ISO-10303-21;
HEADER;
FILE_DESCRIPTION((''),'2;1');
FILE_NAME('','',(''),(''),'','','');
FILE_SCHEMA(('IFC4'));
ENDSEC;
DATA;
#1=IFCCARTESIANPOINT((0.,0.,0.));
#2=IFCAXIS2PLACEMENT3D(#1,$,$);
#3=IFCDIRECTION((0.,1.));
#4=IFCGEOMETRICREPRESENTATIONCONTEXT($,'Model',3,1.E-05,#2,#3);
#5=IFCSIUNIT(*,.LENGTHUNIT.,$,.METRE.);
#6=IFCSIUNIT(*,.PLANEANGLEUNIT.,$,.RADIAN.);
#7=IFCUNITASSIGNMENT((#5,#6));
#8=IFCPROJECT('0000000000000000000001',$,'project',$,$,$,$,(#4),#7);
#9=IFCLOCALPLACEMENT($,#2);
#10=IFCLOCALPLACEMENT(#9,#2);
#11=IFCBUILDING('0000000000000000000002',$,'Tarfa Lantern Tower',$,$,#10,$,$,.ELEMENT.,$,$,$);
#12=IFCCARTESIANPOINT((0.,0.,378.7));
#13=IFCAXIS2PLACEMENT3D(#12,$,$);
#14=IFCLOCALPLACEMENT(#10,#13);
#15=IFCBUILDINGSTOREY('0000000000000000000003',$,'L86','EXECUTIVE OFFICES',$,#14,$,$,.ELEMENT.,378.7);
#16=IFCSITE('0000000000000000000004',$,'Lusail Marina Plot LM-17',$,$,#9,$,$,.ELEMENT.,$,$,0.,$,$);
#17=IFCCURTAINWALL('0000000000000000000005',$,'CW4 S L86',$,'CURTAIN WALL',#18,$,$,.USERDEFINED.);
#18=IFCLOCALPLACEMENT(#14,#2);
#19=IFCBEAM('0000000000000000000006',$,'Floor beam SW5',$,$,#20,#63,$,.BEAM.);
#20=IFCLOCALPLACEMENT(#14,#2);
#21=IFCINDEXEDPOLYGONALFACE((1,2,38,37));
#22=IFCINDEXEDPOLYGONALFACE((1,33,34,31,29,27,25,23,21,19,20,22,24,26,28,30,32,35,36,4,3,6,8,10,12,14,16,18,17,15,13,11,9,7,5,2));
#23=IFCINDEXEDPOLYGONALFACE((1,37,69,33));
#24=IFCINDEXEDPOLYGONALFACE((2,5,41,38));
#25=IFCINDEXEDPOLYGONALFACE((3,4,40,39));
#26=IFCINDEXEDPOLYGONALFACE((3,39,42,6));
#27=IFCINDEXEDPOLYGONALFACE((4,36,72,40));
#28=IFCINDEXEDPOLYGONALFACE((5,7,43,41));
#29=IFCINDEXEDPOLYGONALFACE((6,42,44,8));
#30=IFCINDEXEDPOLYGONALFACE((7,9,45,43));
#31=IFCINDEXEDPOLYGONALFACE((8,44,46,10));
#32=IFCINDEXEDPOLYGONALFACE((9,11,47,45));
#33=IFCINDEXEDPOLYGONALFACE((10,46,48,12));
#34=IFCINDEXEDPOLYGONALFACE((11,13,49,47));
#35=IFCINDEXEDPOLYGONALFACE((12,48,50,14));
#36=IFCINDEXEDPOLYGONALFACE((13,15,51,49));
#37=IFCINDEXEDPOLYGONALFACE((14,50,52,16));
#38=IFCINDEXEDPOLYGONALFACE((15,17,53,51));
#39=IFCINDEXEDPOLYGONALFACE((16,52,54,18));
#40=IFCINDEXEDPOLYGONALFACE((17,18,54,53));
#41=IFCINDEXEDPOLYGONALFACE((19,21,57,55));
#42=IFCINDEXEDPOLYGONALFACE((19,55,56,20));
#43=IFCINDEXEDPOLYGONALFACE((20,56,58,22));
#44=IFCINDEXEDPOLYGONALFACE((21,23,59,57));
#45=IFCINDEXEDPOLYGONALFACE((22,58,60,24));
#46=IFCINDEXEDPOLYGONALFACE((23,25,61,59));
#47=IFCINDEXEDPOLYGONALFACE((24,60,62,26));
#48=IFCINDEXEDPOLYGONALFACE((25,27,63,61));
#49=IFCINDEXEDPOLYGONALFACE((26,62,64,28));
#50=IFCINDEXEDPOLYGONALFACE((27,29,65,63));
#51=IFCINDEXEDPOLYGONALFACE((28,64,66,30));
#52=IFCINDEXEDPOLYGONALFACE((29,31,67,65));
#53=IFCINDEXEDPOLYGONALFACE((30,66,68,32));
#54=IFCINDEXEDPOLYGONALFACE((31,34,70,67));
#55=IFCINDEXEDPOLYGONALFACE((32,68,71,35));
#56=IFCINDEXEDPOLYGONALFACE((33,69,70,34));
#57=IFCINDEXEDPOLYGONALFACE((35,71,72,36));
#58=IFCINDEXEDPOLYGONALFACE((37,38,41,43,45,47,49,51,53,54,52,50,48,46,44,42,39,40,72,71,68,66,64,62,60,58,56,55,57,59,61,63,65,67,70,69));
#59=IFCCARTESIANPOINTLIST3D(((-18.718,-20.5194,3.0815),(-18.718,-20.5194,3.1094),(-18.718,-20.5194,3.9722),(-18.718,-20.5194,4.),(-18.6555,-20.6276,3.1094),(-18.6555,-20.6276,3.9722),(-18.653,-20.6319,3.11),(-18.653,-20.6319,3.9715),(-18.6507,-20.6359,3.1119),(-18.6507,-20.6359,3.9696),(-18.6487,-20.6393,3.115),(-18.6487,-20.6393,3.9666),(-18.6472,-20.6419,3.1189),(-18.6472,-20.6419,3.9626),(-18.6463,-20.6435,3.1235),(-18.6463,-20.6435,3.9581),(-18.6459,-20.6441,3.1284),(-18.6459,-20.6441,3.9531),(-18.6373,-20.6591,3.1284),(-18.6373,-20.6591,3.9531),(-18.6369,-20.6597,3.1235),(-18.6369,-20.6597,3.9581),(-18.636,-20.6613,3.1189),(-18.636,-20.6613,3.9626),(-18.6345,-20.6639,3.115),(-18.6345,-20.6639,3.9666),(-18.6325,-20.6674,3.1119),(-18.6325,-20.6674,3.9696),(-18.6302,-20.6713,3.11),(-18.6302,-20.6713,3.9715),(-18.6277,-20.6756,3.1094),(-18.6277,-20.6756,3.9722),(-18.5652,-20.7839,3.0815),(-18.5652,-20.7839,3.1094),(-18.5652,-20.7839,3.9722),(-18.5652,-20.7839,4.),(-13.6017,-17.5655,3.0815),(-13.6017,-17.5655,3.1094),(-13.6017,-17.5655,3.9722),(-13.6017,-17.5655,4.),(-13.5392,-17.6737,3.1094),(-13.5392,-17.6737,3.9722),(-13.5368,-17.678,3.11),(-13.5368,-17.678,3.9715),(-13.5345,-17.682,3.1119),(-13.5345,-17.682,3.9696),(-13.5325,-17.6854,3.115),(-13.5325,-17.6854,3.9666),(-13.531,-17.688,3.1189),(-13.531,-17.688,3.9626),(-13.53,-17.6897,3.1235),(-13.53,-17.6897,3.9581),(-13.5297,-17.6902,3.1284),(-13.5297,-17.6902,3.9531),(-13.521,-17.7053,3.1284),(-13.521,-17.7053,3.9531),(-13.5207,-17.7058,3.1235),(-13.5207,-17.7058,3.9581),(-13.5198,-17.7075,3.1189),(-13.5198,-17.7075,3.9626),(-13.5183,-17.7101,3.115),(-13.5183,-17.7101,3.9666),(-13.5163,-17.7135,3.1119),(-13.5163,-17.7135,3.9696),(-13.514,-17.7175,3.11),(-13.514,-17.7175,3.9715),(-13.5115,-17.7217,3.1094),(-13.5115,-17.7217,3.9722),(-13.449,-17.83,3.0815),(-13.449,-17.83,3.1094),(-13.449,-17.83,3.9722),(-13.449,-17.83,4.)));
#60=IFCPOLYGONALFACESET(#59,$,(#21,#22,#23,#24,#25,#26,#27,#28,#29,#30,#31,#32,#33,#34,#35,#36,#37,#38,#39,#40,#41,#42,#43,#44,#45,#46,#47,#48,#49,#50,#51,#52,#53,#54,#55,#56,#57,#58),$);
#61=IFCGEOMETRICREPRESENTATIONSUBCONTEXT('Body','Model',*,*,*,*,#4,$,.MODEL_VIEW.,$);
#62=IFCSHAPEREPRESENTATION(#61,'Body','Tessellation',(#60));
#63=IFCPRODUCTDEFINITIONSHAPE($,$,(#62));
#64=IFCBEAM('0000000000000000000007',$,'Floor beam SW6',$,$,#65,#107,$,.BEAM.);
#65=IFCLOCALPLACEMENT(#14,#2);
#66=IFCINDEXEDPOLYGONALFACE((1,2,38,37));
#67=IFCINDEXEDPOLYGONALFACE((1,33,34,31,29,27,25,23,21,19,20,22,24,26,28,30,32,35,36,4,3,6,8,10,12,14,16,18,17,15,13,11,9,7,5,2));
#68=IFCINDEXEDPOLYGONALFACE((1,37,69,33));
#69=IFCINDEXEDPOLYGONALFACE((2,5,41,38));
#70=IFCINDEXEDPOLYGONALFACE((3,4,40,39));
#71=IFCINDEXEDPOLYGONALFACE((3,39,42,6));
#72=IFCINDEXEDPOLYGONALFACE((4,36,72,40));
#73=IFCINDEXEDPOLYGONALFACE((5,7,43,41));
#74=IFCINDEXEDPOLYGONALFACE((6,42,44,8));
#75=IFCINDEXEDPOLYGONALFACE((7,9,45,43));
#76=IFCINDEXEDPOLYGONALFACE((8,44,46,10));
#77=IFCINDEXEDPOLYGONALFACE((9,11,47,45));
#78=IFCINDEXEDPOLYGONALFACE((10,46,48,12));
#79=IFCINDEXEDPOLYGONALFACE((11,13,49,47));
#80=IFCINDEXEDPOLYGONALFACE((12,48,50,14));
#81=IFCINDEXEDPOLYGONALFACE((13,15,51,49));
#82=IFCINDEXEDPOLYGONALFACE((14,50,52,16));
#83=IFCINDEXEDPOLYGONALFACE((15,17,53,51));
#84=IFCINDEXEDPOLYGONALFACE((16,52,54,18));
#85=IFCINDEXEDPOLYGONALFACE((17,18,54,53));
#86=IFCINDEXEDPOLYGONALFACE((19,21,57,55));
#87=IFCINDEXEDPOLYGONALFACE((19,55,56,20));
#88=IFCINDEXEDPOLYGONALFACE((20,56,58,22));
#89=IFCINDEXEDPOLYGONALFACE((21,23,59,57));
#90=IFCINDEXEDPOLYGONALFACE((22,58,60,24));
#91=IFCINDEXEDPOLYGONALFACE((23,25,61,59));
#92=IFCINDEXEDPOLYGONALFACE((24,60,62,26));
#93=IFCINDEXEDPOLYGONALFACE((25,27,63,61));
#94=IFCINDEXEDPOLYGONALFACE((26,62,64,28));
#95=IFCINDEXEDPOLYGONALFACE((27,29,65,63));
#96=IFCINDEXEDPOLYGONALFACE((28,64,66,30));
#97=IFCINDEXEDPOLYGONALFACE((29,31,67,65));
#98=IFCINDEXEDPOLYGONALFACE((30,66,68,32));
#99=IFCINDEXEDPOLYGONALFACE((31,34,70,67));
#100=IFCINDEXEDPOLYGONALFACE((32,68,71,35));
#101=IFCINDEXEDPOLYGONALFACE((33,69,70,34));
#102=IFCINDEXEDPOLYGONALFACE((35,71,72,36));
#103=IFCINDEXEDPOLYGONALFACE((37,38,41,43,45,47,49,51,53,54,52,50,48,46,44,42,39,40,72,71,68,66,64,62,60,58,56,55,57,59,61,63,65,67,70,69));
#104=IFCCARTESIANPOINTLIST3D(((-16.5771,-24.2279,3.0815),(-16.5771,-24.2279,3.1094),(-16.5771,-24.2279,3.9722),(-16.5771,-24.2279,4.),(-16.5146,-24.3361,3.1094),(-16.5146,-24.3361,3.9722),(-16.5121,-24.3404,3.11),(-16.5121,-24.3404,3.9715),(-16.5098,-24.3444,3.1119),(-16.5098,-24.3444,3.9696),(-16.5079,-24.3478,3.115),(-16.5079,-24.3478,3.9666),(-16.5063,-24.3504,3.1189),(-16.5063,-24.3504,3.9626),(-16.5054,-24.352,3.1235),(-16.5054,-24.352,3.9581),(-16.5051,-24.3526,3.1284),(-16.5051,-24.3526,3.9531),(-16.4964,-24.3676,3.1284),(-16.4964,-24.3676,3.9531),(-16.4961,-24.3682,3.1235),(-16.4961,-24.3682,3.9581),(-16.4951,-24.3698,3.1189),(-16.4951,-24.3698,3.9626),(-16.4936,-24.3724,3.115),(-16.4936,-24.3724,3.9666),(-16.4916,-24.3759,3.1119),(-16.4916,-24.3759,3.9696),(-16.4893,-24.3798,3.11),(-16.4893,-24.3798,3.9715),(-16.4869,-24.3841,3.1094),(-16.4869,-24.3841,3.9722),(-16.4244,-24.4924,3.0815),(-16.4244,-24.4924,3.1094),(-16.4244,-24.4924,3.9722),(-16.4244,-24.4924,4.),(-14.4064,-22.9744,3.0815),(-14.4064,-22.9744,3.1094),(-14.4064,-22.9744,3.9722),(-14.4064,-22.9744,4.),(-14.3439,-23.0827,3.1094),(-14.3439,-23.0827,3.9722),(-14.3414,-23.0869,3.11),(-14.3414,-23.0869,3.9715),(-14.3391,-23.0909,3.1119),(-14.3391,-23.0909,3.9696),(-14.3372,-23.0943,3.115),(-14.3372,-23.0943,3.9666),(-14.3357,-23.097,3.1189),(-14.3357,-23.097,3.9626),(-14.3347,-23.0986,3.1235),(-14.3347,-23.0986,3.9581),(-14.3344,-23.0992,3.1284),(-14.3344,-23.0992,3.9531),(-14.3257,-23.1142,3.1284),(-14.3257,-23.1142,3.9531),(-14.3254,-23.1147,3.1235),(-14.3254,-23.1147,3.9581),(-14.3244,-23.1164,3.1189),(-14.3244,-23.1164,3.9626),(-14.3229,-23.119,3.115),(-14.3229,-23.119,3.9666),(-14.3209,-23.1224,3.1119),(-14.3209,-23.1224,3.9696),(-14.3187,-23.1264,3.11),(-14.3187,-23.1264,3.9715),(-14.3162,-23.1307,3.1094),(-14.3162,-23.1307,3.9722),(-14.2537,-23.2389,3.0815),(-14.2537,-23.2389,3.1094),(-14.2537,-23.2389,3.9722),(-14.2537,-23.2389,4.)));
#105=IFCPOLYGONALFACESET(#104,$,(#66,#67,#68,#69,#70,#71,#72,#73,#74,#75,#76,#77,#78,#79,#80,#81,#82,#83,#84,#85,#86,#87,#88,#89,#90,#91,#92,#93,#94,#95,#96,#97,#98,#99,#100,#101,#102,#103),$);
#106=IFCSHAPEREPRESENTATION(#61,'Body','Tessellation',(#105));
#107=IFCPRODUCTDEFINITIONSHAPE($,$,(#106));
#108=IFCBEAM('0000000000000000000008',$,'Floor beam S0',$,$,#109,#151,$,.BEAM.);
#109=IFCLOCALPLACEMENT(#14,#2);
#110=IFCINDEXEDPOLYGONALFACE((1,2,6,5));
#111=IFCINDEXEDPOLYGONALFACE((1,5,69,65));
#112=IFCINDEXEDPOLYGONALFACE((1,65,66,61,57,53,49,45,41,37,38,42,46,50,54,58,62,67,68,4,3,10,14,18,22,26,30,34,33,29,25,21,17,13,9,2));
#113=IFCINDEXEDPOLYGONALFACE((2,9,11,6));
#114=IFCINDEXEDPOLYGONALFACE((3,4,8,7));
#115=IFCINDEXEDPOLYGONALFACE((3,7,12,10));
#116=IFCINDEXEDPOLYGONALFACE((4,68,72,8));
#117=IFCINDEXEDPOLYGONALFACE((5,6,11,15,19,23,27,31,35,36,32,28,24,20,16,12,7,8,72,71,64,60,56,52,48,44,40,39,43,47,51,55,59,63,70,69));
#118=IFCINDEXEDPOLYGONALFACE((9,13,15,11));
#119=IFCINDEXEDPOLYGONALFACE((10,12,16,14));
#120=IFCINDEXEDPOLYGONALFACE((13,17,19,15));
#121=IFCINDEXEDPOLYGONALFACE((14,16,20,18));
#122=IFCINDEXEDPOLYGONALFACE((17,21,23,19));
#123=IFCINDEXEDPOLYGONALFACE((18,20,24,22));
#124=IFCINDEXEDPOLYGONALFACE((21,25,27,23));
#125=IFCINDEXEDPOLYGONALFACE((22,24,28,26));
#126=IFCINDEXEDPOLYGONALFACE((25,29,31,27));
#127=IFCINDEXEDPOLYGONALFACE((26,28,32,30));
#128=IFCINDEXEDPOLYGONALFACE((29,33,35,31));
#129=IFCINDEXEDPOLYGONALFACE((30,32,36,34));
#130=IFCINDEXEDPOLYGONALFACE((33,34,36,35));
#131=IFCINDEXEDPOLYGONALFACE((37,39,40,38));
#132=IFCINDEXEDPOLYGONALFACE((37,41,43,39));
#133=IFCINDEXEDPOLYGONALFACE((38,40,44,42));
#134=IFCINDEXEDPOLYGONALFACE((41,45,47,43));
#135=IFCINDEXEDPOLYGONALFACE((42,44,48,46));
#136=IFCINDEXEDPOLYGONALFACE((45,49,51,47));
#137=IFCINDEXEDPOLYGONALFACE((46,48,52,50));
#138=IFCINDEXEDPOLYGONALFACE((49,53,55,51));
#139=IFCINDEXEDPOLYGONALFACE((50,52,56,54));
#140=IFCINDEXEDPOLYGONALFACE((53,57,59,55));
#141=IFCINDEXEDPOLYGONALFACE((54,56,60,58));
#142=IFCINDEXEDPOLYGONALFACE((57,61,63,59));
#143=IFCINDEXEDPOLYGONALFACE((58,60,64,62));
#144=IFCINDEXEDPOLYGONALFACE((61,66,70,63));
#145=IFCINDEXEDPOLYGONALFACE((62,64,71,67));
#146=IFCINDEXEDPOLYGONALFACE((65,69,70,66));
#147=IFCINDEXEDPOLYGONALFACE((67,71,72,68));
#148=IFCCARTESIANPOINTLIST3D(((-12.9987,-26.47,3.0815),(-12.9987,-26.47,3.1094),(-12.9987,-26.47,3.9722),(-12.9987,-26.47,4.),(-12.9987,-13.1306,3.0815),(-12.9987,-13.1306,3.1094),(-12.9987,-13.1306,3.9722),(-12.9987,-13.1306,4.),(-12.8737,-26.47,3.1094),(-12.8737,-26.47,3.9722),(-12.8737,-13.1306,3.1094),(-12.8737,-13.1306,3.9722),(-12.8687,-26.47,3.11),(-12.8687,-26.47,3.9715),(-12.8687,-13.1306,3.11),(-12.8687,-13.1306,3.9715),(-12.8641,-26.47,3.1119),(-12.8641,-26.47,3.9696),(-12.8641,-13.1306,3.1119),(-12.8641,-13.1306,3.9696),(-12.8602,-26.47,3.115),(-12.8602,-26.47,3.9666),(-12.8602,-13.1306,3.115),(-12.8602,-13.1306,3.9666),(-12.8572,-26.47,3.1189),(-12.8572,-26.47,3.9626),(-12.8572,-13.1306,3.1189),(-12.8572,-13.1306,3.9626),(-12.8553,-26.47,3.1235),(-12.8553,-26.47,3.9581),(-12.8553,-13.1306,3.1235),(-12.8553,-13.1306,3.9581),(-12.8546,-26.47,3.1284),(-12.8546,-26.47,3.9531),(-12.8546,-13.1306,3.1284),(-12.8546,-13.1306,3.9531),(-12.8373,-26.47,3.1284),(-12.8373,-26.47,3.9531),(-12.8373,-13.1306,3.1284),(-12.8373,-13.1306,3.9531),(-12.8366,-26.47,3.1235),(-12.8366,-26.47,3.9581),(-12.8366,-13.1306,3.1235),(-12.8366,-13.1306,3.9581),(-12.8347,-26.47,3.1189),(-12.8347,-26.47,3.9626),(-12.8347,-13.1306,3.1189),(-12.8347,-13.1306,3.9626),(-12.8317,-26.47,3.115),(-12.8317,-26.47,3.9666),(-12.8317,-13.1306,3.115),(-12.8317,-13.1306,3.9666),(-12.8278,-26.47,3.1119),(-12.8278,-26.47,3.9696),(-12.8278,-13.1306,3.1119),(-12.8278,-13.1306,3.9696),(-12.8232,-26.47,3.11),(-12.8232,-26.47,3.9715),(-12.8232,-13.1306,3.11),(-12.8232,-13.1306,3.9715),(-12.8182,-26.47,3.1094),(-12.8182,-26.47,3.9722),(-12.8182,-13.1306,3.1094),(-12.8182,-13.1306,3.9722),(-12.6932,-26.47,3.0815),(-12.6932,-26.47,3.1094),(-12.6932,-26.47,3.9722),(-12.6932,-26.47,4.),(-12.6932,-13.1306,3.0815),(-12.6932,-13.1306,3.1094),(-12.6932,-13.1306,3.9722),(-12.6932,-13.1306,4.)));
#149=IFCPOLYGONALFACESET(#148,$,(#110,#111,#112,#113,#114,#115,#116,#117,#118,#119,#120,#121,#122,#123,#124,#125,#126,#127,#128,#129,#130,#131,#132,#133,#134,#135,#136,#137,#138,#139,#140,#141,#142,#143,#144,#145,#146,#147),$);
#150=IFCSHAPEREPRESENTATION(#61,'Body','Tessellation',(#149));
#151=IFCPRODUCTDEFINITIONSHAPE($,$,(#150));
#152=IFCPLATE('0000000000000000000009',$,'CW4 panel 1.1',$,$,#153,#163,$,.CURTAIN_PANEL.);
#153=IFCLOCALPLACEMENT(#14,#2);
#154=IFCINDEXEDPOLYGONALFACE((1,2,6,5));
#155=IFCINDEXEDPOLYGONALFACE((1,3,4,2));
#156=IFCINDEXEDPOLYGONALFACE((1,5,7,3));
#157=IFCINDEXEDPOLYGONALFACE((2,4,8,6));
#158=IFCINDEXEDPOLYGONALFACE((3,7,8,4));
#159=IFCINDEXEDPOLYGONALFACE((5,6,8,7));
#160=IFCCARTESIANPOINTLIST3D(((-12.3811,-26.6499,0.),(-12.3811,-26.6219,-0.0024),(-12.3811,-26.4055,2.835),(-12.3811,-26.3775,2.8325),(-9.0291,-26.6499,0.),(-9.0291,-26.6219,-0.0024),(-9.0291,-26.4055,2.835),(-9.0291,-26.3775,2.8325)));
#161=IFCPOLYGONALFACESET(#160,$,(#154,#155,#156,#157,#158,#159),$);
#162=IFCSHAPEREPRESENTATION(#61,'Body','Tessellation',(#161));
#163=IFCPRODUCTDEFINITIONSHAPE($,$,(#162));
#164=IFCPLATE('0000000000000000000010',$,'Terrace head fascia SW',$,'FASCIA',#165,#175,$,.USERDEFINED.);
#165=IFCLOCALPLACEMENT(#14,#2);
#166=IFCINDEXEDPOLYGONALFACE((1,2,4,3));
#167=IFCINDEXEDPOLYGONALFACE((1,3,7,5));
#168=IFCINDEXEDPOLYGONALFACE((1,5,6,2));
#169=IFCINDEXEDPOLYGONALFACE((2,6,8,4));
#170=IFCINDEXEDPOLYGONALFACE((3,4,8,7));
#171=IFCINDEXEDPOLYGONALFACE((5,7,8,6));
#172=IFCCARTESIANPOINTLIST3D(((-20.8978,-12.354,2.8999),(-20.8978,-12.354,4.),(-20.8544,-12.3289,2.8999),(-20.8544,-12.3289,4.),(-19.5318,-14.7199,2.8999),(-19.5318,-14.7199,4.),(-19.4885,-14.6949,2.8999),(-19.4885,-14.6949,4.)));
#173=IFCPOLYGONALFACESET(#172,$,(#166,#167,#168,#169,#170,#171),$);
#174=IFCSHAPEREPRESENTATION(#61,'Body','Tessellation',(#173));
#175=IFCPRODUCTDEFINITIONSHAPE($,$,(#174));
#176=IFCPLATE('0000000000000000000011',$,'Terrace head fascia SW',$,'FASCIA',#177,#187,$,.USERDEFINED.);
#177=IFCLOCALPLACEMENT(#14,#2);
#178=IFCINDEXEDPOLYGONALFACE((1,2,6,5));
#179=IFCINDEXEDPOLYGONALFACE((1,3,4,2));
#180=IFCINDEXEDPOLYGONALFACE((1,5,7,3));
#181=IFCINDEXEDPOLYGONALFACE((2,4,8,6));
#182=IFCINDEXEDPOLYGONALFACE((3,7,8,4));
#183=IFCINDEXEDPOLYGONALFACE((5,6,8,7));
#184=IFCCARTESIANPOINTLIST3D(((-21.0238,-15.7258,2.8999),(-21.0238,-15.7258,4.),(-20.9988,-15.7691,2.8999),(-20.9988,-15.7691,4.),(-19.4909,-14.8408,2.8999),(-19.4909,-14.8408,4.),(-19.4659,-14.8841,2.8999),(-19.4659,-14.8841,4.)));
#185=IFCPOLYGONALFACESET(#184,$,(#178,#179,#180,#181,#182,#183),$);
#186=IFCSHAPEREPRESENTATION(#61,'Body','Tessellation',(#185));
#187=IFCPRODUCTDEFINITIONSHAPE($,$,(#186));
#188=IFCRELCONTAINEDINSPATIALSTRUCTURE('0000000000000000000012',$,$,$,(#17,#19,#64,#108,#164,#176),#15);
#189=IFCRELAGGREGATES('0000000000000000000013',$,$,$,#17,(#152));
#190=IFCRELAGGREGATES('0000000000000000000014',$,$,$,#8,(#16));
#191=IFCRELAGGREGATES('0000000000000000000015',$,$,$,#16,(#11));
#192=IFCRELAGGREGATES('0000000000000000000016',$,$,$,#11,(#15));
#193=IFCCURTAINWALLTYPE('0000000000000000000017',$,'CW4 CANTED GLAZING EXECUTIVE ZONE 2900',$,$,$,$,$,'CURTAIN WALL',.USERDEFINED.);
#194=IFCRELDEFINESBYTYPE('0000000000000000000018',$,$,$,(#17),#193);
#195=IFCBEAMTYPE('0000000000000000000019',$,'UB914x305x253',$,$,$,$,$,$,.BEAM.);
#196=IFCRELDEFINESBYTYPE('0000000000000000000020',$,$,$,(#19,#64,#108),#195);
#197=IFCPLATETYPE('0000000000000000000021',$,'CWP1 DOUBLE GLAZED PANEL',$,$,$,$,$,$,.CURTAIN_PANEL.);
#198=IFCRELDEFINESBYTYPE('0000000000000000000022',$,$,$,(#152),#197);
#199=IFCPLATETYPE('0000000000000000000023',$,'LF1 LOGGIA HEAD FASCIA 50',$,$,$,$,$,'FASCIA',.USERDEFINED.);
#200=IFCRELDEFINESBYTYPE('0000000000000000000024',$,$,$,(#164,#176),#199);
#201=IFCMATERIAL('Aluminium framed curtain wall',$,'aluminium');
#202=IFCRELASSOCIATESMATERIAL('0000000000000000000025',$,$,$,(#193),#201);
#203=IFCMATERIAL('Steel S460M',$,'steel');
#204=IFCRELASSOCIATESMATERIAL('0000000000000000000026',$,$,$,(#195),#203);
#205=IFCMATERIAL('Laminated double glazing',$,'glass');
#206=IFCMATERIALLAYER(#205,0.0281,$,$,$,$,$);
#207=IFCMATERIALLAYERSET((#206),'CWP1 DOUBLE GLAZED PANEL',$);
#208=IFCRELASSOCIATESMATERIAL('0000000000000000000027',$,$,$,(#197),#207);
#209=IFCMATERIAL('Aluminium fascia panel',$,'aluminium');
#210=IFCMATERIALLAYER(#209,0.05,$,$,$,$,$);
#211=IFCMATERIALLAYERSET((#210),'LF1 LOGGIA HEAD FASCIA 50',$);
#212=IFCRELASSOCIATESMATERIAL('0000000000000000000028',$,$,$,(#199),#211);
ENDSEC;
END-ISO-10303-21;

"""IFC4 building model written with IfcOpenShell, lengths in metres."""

from ifc_helpers import new_model, si_unit, direction, frame, origin, origin_2d, place, context, subcontext, project, spatial, polyline, rectangle, i_section, outline, extrude, material, layer, layer_set, material_profile, profile_set, type_object, element, aggregate, save


model = new_model("IFC4")

# Units and contexts
model_context = context("Model", 3, precision=1e-05, world=origin(), true_north=direction((0.0, 1.0)))
body_context = subcontext(model_context, "Body", "Model", "MODEL_VIEW")
ifc_project = project(units=[si_unit("LENGTHUNIT", "METRE"), si_unit("PLANEANGLEUNIT", "RADIAN")], contexts=[model_context])

# Site, building, storey
site_placement = place(None, origin())
site = spatial("IfcSite", under=ifc_project, at=site_placement, Name="Lusail Marina Plot LM-17", CompositionType="ELEMENT", RefElevation=0.0)
building_placement = place(site_placement, origin())
building = spatial("IfcBuilding", under=site, at=building_placement, Name="Tarfa Lantern Tower", CompositionType="ELEMENT")
storey_placement = place(building_placement, frame((0.0, 0.0, 378.7)))
storey = spatial("IfcBuildingStorey", under=building, at=storey_placement, Name="L86", Description="EXECUTIVE OFFICES", CompositionType="ELEMENT", Elevation=378.7)

# Curtain wall
ifc_material_1 = material(Name="Aluminium framed curtain wall", Category="aluminium")
curtain_wall_type = type_object("IfcCurtainWallType", Name="CW4 CANTED GLAZING EXECUTIVE ZONE 2900", ElementType="CURTAIN WALL", PredefinedType="USERDEFINED", material=ifc_material_1)
curtain_wall_placement = place(storey_placement, origin())
curtain_wall = element("IfcCurtainWall", 1, at=curtain_wall_placement, inside=storey, type_object=curtain_wall_type, Name="CW4 S L86", ObjectType="CURTAIN WALL", PredefinedType="USERDEFINED")

# Beams
ifc_material_2 = material(Name="Steel S460M", Category="steel")
ifc_material_profile_1 = material_profile(ifc_material_2, i_section(OverallWidth=0.3054, OverallDepth=0.9185, WebThickness=0.0173, FlangeThickness=0.0278, FilletRadius=0.019, at=origin_2d()), Name="UB914x305x253")
ifc_profile_set_1 = profile_set([ifc_material_profile_1], Name="Steel S460M")
beam_type_1 = type_object("IfcBeamType", Name="UB914x305x253", PredefinedType="BEAM", material=ifc_profile_set_1)
beam_1_placement = place(storey_placement, frame((-18.6416, -20.6516, 3.5408), z_axis=(0.866025, 0.500001, 0.0), x_axis=(-0.500001, 0.866025, 0.0)))
element("IfcBeam", 2, at=beam_1_placement, inside=storey, type_object=beam_type_1, Name="Floor beam SW5", PredefinedType="BEAM", context=body_context, shape_type="SweptSolid", body=[
    extrude(i_section(OverallWidth=0.3054, OverallDepth=0.9185, WebThickness=0.0173, FlangeThickness=0.0278, FilletRadius=0.019, at=origin_2d()), origin(), (0.0, 0.0, 1.0), 5.9077),
])
beam_2_placement = place(storey_placement, frame((-16.5007, -24.3601, 3.5408), z_axis=(0.865993, 0.500057, 0.0), x_axis=(-0.500057, 0.865993, 0.0)))
element("IfcBeam", 3, at=beam_2_placement, inside=storey, type_object=beam_type_1, Name="Floor beam SW6", PredefinedType="BEAM", context=body_context, shape_type="SweptSolid", body=[
    extrude(i_section(OverallWidth=0.3054, OverallDepth=0.9185, WebThickness=0.0173, FlangeThickness=0.0278, FilletRadius=0.019, at=origin_2d()), origin(), (0.0, 0.0, 1.0), 2.5066),
])
beam_3_placement = place(storey_placement, frame((-12.8459, -26.47, 3.5408), z_axis=(0.0, 1.0, 0.0), x_axis=(-1.0, 0.0, 0.0)))
element("IfcBeam", 4, at=beam_3_placement, inside=storey, type_object=beam_type_1, Name="Floor beam S0", PredefinedType="BEAM", context=body_context, shape_type="SweptSolid", body=[
    extrude(i_section(OverallWidth=0.3054, OverallDepth=0.9185, WebThickness=0.0173, FlangeThickness=0.0278, FilletRadius=0.019, at=origin_2d()), origin(), (0.0, 0.0, 1.0), 13.3394),
])

# Plate
ifc_material_3 = material(Name="Laminated double glazing", Category="glass")
ifc_layer_1 = layer(ifc_material_3, 0.0281)
ifc_layer_set_1 = layer_set([ifc_layer_1], Name="CWP1 DOUBLE GLAZED PANEL")
plate_type_1 = type_object("IfcPlateType", Name="CWP1 DOUBLE GLAZED PANEL", PredefinedType="CURTAIN_PANEL", material=ifc_layer_set_1)
plate_1_placement = place(storey_placement, frame((-12.3811, -26.6499, 0.0), z_axis=(0.0, -0.996305, 0.085885), x_axis=(1.0, 0.0, 0.0)))
plate_1 = element("IfcPlate", 5, at=plate_1_placement, type_object=plate_type_1, Name="CW4 panel 1.1", PredefinedType="CURTAIN_PANEL", context=body_context, shape_type="SweptSolid", body=[
    extrude(outline(polyline([(0.0, 0.0), (3.3521, 0.0), (3.3521, 2.8455), (0.0, 2.8455), (0.0, 0.0)])), origin(), (0.0, 0.0, -1.0), 0.0281),
])
aggregate(curtain_wall, [plate_1])

# Plates
ifc_material_4 = material(Name="Aluminium fascia panel", Category="aluminium")
ifc_layer_2 = layer(ifc_material_4, 0.05)
ifc_layer_set_2 = layer_set([ifc_layer_2], Name="LF1 LOGGIA HEAD FASCIA 50")
plate_type_2 = type_object("IfcPlateType", Name="LF1 LOGGIA HEAD FASCIA 50", ElementType="FASCIA", PredefinedType="USERDEFINED", material=ifc_layer_set_2)
plate_2_placement = place(storey_placement, frame((-20.1931, -13.5244, 2.8999), z_axis=(0.0, 0.0, 1.0), x_axis=(0.5, -0.866025, 0.0)))
element("IfcPlate", 6, at=plate_2_placement, inside=storey, type_object=plate_type_2, Name="Terrace head fascia SW", ObjectType="FASCIA", PredefinedType="USERDEFINED", context=body_context, shape_type="SweptSolid", body=[
    extrude(rectangle(XDim=2.7319, YDim=0.05, at=origin_2d()), origin(), (0.0, 0.0, 1.0), 1.1001),
])
plate_3_placement = place(storey_placement, frame((-20.2449, -15.3049, 2.8999), z_axis=(0.0, 0.0, 1.0), x_axis=(0.866025, 0.5, 0.0)))
element("IfcPlate", 7, at=plate_3_placement, inside=storey, type_object=plate_type_2, Name="Terrace head fascia SW", ObjectType="FASCIA", PredefinedType="USERDEFINED", context=body_context, shape_type="SweptSolid", body=[
    extrude(rectangle(XDim=1.77, YDim=0.05, at=origin_2d()), origin(), (0.0, 0.0, 1.0), 1.1001),
])

save(model, "model.ifc")
